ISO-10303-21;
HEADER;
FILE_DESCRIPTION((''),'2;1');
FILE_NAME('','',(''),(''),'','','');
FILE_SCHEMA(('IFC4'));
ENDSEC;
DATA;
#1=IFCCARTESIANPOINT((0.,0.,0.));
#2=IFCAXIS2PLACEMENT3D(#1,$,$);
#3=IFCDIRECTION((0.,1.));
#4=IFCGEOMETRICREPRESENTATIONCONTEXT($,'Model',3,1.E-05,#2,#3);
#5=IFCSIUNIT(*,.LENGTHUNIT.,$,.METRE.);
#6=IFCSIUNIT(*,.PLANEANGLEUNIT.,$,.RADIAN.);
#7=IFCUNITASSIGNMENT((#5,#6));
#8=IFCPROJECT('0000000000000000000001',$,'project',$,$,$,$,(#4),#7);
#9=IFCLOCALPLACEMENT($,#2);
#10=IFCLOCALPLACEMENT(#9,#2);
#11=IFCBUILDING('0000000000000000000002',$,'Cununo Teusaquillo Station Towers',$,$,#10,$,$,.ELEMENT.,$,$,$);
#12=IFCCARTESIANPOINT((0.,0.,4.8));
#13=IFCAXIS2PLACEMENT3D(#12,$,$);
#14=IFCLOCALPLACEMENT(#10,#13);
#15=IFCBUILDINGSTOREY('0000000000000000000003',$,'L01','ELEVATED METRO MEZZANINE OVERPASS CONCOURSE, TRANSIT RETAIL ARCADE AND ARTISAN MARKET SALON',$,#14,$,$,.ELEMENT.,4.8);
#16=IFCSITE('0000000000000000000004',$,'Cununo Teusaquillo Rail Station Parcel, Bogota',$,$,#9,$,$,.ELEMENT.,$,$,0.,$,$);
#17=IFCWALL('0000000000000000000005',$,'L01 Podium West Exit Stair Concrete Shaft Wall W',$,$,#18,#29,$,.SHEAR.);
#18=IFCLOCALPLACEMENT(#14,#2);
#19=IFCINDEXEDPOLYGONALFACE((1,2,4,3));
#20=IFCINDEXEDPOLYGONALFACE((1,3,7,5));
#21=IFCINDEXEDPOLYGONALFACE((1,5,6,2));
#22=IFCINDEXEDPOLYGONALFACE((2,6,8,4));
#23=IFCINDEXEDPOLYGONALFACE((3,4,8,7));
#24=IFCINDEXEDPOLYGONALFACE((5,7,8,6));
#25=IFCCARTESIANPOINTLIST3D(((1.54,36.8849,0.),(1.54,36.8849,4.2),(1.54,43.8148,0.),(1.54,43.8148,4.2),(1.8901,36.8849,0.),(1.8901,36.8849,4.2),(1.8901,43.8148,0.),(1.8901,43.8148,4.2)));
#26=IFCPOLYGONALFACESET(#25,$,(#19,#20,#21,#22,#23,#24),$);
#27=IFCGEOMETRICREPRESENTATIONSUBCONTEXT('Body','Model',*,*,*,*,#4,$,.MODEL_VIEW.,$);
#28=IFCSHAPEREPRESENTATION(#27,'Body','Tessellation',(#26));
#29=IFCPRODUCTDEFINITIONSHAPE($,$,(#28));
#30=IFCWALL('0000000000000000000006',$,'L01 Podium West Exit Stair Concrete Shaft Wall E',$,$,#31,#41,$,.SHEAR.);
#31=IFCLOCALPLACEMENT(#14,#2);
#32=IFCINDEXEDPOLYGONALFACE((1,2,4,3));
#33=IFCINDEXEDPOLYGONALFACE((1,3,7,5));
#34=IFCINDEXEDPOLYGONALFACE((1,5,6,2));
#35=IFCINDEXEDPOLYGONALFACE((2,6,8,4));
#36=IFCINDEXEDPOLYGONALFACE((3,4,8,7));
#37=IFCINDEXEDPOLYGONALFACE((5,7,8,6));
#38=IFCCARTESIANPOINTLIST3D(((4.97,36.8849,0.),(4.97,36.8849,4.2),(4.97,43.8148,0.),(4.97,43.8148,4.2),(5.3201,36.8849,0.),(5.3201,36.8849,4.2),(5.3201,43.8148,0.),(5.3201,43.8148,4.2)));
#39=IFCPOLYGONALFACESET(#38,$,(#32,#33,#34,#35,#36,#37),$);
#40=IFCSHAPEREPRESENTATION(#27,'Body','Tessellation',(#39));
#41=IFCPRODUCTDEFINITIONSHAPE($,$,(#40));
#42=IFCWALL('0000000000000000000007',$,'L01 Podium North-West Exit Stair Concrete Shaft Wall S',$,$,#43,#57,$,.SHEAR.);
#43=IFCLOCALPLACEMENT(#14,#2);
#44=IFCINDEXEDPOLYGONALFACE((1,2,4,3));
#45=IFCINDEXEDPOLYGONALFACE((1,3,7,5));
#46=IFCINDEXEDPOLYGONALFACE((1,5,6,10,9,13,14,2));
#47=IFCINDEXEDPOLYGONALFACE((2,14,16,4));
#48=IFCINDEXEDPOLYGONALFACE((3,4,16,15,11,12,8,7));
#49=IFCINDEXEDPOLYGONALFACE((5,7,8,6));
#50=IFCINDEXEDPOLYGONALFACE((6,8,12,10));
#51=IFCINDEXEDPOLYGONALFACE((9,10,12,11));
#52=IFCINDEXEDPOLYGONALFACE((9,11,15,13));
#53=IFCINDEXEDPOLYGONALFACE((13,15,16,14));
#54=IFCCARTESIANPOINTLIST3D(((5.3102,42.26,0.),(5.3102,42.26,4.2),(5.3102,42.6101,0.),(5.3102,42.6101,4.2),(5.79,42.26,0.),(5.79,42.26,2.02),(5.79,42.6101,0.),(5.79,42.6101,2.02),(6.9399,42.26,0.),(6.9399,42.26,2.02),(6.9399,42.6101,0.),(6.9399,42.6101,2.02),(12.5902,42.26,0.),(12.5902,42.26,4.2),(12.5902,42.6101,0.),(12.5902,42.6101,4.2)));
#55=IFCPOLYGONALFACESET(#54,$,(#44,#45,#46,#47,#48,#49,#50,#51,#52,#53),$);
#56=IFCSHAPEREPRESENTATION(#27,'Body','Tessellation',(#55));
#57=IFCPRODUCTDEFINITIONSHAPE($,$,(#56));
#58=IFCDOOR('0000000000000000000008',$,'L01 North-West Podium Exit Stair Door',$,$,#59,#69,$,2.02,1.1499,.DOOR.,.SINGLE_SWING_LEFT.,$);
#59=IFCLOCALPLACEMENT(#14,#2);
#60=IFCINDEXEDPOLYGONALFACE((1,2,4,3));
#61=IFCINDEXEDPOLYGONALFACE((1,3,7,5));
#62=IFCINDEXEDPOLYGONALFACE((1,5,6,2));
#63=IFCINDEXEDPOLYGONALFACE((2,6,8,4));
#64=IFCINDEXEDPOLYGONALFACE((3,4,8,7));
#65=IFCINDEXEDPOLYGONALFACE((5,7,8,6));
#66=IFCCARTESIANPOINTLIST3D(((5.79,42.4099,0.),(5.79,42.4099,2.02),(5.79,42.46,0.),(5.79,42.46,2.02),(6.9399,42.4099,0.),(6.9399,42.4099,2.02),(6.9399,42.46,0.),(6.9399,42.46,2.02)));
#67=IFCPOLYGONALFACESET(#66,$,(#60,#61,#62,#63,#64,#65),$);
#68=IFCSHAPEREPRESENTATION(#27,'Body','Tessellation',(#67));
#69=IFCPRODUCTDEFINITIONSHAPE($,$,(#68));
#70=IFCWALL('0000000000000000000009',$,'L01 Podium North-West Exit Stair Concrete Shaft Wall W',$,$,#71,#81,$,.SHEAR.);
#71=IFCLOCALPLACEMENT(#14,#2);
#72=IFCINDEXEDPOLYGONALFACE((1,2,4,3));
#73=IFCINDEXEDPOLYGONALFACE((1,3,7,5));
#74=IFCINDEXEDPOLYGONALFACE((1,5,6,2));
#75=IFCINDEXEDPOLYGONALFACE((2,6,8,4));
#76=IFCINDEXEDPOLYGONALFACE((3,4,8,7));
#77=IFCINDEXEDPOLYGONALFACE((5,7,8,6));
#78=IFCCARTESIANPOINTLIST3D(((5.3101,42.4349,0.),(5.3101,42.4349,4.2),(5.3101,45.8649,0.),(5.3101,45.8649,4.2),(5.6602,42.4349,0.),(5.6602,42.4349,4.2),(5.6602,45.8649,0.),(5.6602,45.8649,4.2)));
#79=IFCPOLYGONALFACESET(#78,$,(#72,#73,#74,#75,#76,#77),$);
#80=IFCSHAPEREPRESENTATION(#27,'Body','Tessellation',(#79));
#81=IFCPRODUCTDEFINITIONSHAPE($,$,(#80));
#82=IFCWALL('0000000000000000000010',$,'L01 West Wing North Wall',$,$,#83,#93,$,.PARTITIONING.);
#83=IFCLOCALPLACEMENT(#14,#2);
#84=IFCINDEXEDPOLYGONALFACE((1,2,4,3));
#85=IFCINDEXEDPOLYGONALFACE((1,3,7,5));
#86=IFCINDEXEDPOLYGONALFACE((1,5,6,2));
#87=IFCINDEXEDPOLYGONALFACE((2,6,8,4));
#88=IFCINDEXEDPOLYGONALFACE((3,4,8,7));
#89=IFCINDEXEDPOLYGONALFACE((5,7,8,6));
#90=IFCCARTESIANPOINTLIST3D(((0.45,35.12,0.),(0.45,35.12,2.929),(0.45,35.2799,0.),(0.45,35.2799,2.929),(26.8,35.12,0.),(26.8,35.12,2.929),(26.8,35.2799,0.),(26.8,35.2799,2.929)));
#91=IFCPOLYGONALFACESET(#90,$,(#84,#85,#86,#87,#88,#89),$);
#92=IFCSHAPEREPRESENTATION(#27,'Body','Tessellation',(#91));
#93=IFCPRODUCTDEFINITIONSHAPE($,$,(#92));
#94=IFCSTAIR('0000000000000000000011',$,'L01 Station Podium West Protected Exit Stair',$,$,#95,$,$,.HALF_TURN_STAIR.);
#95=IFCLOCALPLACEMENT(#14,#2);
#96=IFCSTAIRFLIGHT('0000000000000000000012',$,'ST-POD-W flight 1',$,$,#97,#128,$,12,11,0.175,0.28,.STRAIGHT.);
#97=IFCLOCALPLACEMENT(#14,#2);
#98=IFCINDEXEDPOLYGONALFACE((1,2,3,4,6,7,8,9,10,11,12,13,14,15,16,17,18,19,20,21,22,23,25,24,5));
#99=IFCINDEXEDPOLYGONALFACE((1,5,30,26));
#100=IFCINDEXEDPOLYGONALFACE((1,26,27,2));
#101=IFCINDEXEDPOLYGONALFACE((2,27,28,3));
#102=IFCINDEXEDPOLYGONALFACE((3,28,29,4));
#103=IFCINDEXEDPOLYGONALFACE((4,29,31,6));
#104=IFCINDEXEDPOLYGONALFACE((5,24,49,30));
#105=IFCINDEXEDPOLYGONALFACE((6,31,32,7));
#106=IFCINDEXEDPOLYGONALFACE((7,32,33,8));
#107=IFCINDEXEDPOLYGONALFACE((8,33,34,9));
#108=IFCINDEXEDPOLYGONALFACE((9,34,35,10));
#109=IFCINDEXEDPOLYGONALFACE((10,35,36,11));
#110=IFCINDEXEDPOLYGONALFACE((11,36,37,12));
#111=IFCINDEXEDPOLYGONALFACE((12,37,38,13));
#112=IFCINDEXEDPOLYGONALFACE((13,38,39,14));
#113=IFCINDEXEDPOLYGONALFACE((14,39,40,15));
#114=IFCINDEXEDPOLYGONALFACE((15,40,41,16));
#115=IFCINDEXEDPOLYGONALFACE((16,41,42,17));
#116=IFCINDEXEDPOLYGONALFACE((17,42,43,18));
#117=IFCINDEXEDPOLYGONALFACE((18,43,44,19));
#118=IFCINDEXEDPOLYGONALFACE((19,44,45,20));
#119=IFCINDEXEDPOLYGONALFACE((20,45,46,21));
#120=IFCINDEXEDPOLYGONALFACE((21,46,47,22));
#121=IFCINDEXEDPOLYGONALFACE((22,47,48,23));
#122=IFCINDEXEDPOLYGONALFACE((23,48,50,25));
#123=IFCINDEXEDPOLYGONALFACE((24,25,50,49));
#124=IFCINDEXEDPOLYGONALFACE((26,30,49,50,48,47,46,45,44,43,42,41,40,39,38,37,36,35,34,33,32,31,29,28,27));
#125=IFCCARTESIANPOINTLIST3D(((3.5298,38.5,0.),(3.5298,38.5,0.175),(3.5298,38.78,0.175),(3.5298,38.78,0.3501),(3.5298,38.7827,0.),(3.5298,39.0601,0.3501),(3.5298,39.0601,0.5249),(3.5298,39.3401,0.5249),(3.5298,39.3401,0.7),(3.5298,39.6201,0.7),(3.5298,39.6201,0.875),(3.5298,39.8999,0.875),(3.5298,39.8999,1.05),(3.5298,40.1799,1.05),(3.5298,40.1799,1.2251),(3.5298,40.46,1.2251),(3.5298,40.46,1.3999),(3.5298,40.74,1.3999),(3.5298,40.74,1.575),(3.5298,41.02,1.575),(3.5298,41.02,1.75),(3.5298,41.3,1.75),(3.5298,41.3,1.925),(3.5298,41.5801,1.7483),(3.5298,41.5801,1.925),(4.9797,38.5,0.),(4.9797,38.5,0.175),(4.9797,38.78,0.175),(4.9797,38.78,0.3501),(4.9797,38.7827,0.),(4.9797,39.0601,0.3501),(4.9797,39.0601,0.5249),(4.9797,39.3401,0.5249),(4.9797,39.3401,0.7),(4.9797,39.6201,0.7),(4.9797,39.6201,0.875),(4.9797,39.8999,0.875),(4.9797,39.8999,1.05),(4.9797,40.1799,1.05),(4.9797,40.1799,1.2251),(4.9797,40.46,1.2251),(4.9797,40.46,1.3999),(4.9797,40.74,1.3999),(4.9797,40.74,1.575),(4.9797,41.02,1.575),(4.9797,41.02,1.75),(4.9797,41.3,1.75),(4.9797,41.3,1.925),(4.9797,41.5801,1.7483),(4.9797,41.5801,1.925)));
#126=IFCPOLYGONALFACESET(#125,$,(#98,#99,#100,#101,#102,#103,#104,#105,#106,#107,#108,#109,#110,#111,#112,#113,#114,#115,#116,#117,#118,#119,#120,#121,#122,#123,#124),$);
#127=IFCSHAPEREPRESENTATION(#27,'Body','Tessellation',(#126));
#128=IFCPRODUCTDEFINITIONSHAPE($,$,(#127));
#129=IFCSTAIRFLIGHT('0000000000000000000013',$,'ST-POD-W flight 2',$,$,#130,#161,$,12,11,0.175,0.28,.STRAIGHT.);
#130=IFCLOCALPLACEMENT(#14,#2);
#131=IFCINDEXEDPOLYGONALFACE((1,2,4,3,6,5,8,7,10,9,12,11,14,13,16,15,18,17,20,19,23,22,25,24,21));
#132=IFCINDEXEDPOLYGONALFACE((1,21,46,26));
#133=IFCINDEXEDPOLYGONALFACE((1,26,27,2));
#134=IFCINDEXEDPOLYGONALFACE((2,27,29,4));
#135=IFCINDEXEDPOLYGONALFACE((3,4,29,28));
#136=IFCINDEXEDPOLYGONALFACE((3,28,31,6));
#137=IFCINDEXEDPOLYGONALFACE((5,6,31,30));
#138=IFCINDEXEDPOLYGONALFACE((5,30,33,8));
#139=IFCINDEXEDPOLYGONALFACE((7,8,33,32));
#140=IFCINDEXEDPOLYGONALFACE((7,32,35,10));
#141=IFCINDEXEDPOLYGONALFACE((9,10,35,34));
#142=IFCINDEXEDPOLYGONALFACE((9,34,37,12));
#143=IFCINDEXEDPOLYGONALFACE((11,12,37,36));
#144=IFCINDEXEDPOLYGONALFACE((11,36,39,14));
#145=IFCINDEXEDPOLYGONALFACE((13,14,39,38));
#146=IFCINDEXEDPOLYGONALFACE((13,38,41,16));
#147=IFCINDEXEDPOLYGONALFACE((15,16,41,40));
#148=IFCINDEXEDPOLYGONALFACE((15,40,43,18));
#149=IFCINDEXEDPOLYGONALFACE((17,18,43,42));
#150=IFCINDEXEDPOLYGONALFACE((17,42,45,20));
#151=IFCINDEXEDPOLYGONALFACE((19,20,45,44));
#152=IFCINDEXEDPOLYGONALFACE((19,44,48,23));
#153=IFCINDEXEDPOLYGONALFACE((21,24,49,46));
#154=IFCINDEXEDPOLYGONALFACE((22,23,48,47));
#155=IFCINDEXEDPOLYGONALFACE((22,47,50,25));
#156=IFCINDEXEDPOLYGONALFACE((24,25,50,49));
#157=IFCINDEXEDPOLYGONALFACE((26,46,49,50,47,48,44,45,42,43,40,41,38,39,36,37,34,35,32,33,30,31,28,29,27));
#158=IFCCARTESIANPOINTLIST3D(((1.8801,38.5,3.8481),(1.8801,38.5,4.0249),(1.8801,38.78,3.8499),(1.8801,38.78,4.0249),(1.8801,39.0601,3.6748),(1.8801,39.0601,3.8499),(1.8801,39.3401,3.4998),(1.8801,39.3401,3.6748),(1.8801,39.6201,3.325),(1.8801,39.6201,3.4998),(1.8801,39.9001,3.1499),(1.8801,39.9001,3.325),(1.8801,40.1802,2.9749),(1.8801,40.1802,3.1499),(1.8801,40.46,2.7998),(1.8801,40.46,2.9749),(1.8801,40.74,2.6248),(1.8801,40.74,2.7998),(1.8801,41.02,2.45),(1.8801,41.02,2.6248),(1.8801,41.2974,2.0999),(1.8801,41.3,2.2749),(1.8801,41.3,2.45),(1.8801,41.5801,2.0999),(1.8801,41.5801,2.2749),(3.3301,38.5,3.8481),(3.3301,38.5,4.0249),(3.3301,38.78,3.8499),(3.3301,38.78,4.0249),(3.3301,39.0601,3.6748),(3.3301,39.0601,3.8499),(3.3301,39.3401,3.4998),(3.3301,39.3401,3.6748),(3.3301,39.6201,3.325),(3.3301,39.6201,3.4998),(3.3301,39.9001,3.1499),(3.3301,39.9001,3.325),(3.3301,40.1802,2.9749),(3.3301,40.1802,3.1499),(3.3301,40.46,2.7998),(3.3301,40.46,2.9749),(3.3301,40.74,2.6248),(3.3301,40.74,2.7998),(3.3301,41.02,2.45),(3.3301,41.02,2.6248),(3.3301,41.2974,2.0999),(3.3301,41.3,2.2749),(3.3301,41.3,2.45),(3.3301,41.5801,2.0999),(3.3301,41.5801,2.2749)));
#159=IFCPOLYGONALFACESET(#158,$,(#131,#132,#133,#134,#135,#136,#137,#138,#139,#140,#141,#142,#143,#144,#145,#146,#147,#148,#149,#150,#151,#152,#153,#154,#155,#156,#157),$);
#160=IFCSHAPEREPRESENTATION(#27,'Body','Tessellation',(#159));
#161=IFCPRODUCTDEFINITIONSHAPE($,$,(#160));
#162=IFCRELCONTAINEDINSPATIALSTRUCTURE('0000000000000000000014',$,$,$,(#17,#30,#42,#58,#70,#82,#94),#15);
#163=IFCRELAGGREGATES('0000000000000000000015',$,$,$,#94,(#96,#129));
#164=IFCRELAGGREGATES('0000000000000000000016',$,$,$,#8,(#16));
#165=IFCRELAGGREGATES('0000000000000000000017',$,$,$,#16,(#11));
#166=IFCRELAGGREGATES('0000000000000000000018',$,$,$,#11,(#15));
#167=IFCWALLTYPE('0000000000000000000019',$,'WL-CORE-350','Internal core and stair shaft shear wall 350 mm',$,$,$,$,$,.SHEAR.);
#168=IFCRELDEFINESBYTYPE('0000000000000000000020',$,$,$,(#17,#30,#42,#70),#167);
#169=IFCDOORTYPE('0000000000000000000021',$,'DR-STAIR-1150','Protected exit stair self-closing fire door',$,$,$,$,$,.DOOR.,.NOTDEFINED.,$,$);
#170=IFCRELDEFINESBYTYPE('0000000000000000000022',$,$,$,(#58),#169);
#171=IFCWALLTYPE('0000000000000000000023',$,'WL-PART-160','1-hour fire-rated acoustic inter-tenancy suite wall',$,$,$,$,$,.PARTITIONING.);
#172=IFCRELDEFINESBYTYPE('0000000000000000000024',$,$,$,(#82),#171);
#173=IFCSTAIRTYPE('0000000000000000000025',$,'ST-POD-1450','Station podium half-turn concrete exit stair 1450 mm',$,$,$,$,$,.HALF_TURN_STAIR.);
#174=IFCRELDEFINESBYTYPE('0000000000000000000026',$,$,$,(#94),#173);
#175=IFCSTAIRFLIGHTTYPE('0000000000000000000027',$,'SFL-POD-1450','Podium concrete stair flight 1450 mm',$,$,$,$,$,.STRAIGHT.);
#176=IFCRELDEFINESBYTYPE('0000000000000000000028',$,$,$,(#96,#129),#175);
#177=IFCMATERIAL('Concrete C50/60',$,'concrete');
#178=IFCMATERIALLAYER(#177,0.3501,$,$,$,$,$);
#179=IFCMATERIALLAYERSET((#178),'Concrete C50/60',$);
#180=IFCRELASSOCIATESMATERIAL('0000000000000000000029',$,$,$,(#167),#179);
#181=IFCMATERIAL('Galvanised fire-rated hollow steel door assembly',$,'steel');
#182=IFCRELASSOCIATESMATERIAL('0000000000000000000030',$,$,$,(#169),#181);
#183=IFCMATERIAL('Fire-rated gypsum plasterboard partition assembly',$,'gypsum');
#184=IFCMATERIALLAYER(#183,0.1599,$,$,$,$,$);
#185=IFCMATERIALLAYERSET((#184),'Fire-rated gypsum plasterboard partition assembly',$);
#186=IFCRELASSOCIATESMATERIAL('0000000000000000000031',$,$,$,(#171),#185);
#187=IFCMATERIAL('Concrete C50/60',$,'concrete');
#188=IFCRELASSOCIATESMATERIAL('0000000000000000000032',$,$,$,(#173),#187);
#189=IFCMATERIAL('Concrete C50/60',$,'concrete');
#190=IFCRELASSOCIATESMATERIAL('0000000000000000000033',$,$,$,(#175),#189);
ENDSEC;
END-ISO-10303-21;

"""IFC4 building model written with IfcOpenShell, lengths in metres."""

from ifc_helpers import new_model, si_unit, direction, frame, frame_2d, origin, place, context, subcontext, project, spatial, polyline, rectangle, outline, extrude, source, transform, mapped, material, layer, layer_set, type_object, element, fill, aggregate, save


model = new_model("IFC4")

# Units and contexts
model_context = context("Model", 3, precision=1e-05, world=origin(), true_north=direction((0.0, 1.0)))
body_context = subcontext(model_context, "Body", "Model", "MODEL_VIEW")
ifc_project = project(units=[si_unit("LENGTHUNIT", "METRE"), si_unit("PLANEANGLEUNIT", "RADIAN")], contexts=[model_context])

# Site, building, storey
site_placement = place(None, origin())
site = spatial("IfcSite", under=ifc_project, at=site_placement, Name="Cununo Teusaquillo Rail Station Parcel, Bogota", CompositionType="ELEMENT", RefElevation=0.0)
building_placement = place(site_placement, origin())
building = spatial("IfcBuilding", under=site, at=building_placement, Name="Cununo Teusaquillo Station Towers", CompositionType="ELEMENT")
storey_placement = place(building_placement, frame((0.0, 0.0, 4.8)))
storey = spatial("IfcBuildingStorey", under=building, at=storey_placement, Name="L01", Description="ELEVATED METRO MEZZANINE OVERPASS CONCOURSE, TRANSIT RETAIL ARCADE AND ARTISAN MARKET SALON", CompositionType="ELEMENT", Elevation=4.8)

# Shared definitions
ifc_material_1 = material(Name="Concrete C50/60", Category="concrete")
ifc_layer_1 = layer(ifc_material_1, 0.3501)
ifc_layer_set_1 = layer_set([ifc_layer_1], Name="Concrete C50/60")
wall_type_1 = type_object("IfcWallType", Name="WL-CORE-350", Description="Internal core and stair shaft shear wall 350 mm", PredefinedType="SHEAR", material=ifc_layer_set_1)

# Walls
for number, where, z_axis, x_axis, name in (
    (1, (1.7151, 36.885, 0.0), (0.0, 0.0, 1.0), (0.0, 1.0, 0.0), "L01 Podium West Exit Stair Concrete Shaft Wall W"),
    (2, (5.145, 36.885, 0.0), (0.0, 0.0, 1.0), (0.0, 1.0, 0.0), "L01 Podium West Exit Stair Concrete Shaft Wall E"),
):
    element("IfcWall", number, at=place(storey_placement, frame(where, z_axis=z_axis, x_axis=x_axis)), inside=storey, type_object=wall_type_1, Name=name, PredefinedType="SHEAR", context=body_context, shape_type="SweptSolid", body=[
        extrude(rectangle(XDim=6.9299, YDim=0.3501, at=frame_2d((3.4648, 0.0))), origin(), (0.0, 0.0, 1.0), 4.2),
    ])

# Wall, opening, door
wall_1_placement = place(storey_placement, frame((5.3101, 42.4351, 0.0), z_axis=(0.0, 0.0, 1.0), x_axis=(1.0, 0.0, 0.0)))
wall_1 = element("IfcWall", 3, at=wall_1_placement, inside=storey, type_object=wall_type_1, Name="L01 Podium North-West Exit Stair Concrete Shaft Wall S", PredefinedType="SHEAR", context=body_context, shape_type="SweptSolid", body=[
    extrude(rectangle(XDim=7.28, YDim=0.3501, at=frame_2d((3.6401, 0.0))), origin(), (0.0, 0.0, 1.0), 4.2),
])
shared_shape_1 = source(origin(), body_context, "Body", "SweptSolid", [
    extrude(rectangle(XDim=1.1499, YDim=2.02, at=frame_2d((0.575, 1.01))), frame((0.0, 0.1851, 0.0), z_axis=(0.0, -1.0, 0.0), x_axis=(1.0, 0.0, 0.0)), (0.0, 0.0, 1.0), 0.3701),
])
opening_1_placement = place(wall_1_placement, frame((0.48, 0.0, 0.0)))
opening_1 = element("IfcOpeningElement", 4, at=opening_1_placement, cuts=wall_1, PredefinedType="OPENING", context=body_context, shape_type="MappedRepresentation", body=[
    mapped(shared_shape_1, transform((0.0, 0.0, 0.0), x_axis=(1.0, 0.0, 0.0), y_axis=(0.0, 1.0, 0.0), z_axis=(0.0, 0.0, 1.0), scale=1.0)),
])
ifc_material_2 = material(Name="Galvanised fire-rated hollow steel door assembly", Category="steel")
door_type_1 = type_object("IfcDoorType", Name="DR-STAIR-1150", Description="Protected exit stair self-closing fire door", OperationType="NOTDEFINED", PredefinedType="DOOR", material=ifc_material_2)
shared_shape_2 = source(origin(), body_context, "Body", "SweptSolid", [
    extrude(rectangle(XDim=1.1499, YDim=2.02, at=frame_2d((0.575, 1.01))), frame((0.0, 0.0249, 0.0), z_axis=(0.0, -1.0, 0.0), x_axis=(1.0, 0.0, 0.0)), (0.0, 0.0, 1.0), 0.05),
])
door_1_placement = place(opening_1_placement, origin())
door_1 = element("IfcDoor", 5, at=door_1_placement, inside=storey, type_object=door_type_1, Name="L01 North-West Podium Exit Stair Door", OperationType="SINGLE_SWING_LEFT", OverallHeight=2.02, OverallWidth=1.1499, PredefinedType="DOOR", context=body_context, shape_type="MappedRepresentation", body=[
    mapped(shared_shape_2, transform((0.0, 0.0, 0.0), x_axis=(1.0, 0.0, 0.0), y_axis=(0.0, 1.0, 0.0), z_axis=(0.0, 0.0, 1.0), scale=1.0)),
])
fill(opening_1, door_1)

# Walls
wall_2_placement = place(storey_placement, frame((5.4851, 42.4351, 0.0), z_axis=(0.0, 0.0, 1.0), x_axis=(0.0, 1.0, 0.0)))
element("IfcWall", 6, at=wall_2_placement, inside=storey, type_object=wall_type_1, Name="L01 Podium North-West Exit Stair Concrete Shaft Wall W", PredefinedType="SHEAR", context=body_context, shape_type="SweptSolid", body=[
    extrude(rectangle(XDim=3.4299, YDim=0.3501, at=frame_2d((1.7148, 0.0))), origin(), (0.0, 0.0, 1.0), 4.2),
])
ifc_material_3 = material(Name="Fire-rated gypsum plasterboard partition assembly", Category="gypsum")
ifc_layer_2 = layer(ifc_material_3, 0.1599)
ifc_layer_set_2 = layer_set([ifc_layer_2], Name="Fire-rated gypsum plasterboard partition assembly")
wall_type_2 = type_object("IfcWallType", Name="WL-PART-160", Description="1-hour fire-rated acoustic inter-tenancy suite wall", PredefinedType="PARTITIONING", material=ifc_layer_set_2)
wall_3_placement = place(storey_placement, frame((0.45, 35.2, 0.0), z_axis=(0.0, 0.0, 1.0), x_axis=(1.0, 0.0, 0.0)))
element("IfcWall", 7, at=wall_3_placement, inside=storey, type_object=wall_type_2, Name="L01 West Wing North Wall", PredefinedType="PARTITIONING", context=body_context, shape_type="SweptSolid", body=[
    extrude(rectangle(XDim=26.3501, YDim=0.1599, at=frame_2d((13.175, 0.0))), origin(), (0.0, 0.0, 1.0), 2.929),
])

# Stair, stair flights
ifc_material_4 = material(Name="Concrete C50/60", Category="concrete")
stair_type = type_object("IfcStairType", Name="ST-POD-1450", Description="Station podium half-turn concrete exit stair 1450 mm", PredefinedType="HALF_TURN_STAIR", material=ifc_material_4)
stair_1_placement = place(storey_placement, origin())
stair_1 = element("IfcStair", 8, at=stair_1_placement, inside=storey, type_object=stair_type, Name="L01 Station Podium West Protected Exit Stair", PredefinedType="HALF_TURN_STAIR")
ifc_material_5 = material(Name="Concrete C50/60", Category="concrete")
stair_flight_type = type_object("IfcStairFlightType", Name="SFL-POD-1450", Description="Podium concrete stair flight 1450 mm", PredefinedType="STRAIGHT", material=ifc_material_5)
stair_flight_1_placement = place(storey_placement, frame((4.2549, 38.5, 0.0), z_axis=(0.0, 0.0, 1.0), x_axis=(0.0, 1.0, 0.0)))
stair_flight_1 = element("IfcStairFlight", 9, at=stair_flight_1_placement, type_object=stair_flight_type, Name="ST-POD-W flight 1", NumberOfRisers=12, NumberOfTreads=11, PredefinedType="STRAIGHT", RiserHeight=0.175, TreadLength=0.28, context=body_context, shape_type="SweptSolid", body=[
    extrude(outline(polyline([(0.0, 0.0), (0.0, 0.175), (0.28, 0.175), (0.28, 0.3501), (0.5601, 0.3501), (0.5601, 0.5249), (0.8401, 0.5249), (0.8401, 0.7), (1.1201, 0.7), (1.1201, 0.875), (1.3999, 0.875), (1.3999, 1.05), (1.6799, 1.05), (1.6799, 1.2251), (1.96, 1.2251), (1.96, 1.3999), (2.24, 1.3999), (2.24, 1.575), (2.52, 1.575), (2.52, 1.75), (2.8, 1.75), (2.8, 1.925), (3.0801, 1.925), (3.0801, 2.1001), (3.0801, 1.7483), (0.2827, 0.0), (0.0, 0.0)])), frame((0.0, 0.7251, 0.0), z_axis=(0.0, -1.0, 0.0), x_axis=(1.0, 0.0, 0.0)), (0.0, 0.0, 1.0), 1.45),
])
stair_flight_2_placement = place(storey_placement, frame((2.605, 41.5801, 2.0999), z_axis=(0.0, 0.0, 1.0), x_axis=(0.0, -1.0, 0.0)))
stair_flight_2 = element("IfcStairFlight", 10, at=stair_flight_2_placement, type_object=stair_flight_type, Name="ST-POD-W flight 2", NumberOfRisers=12, NumberOfTreads=11, PredefinedType="STRAIGHT", RiserHeight=0.175, TreadLength=0.28, context=body_context, shape_type="SweptSolid", body=[
    extrude(outline(polyline([(0.0, 0.0), (0.0, 0.175), (0.28, 0.175), (0.28, 0.3501), (0.5601, 0.3501), (0.5601, 0.5249), (0.8401, 0.5249), (0.8401, 0.7), (1.1201, 0.7), (1.1201, 0.875), (1.3999, 0.875), (1.3999, 1.05), (1.6799, 1.05), (1.6799, 1.2251), (1.96, 1.2251), (1.96, 1.3999), (2.24, 1.3999), (2.24, 1.575), (2.52, 1.575), (2.52, 1.75), (2.8, 1.75), (2.8, 1.925), (3.0801, 1.925), (3.0801, 2.1001), (3.0801, 1.7483), (0.2827, 0.0), (0.0, 0.0)])), frame((0.0, 0.7251, 0.0), z_axis=(0.0, -1.0, 0.0), x_axis=(1.0, 0.0, 0.0)), (0.0, 0.0, 1.0), 1.45),
])
aggregate(stair_1, [stair_flight_1, stair_flight_2])

save(model, "model.ifc")
